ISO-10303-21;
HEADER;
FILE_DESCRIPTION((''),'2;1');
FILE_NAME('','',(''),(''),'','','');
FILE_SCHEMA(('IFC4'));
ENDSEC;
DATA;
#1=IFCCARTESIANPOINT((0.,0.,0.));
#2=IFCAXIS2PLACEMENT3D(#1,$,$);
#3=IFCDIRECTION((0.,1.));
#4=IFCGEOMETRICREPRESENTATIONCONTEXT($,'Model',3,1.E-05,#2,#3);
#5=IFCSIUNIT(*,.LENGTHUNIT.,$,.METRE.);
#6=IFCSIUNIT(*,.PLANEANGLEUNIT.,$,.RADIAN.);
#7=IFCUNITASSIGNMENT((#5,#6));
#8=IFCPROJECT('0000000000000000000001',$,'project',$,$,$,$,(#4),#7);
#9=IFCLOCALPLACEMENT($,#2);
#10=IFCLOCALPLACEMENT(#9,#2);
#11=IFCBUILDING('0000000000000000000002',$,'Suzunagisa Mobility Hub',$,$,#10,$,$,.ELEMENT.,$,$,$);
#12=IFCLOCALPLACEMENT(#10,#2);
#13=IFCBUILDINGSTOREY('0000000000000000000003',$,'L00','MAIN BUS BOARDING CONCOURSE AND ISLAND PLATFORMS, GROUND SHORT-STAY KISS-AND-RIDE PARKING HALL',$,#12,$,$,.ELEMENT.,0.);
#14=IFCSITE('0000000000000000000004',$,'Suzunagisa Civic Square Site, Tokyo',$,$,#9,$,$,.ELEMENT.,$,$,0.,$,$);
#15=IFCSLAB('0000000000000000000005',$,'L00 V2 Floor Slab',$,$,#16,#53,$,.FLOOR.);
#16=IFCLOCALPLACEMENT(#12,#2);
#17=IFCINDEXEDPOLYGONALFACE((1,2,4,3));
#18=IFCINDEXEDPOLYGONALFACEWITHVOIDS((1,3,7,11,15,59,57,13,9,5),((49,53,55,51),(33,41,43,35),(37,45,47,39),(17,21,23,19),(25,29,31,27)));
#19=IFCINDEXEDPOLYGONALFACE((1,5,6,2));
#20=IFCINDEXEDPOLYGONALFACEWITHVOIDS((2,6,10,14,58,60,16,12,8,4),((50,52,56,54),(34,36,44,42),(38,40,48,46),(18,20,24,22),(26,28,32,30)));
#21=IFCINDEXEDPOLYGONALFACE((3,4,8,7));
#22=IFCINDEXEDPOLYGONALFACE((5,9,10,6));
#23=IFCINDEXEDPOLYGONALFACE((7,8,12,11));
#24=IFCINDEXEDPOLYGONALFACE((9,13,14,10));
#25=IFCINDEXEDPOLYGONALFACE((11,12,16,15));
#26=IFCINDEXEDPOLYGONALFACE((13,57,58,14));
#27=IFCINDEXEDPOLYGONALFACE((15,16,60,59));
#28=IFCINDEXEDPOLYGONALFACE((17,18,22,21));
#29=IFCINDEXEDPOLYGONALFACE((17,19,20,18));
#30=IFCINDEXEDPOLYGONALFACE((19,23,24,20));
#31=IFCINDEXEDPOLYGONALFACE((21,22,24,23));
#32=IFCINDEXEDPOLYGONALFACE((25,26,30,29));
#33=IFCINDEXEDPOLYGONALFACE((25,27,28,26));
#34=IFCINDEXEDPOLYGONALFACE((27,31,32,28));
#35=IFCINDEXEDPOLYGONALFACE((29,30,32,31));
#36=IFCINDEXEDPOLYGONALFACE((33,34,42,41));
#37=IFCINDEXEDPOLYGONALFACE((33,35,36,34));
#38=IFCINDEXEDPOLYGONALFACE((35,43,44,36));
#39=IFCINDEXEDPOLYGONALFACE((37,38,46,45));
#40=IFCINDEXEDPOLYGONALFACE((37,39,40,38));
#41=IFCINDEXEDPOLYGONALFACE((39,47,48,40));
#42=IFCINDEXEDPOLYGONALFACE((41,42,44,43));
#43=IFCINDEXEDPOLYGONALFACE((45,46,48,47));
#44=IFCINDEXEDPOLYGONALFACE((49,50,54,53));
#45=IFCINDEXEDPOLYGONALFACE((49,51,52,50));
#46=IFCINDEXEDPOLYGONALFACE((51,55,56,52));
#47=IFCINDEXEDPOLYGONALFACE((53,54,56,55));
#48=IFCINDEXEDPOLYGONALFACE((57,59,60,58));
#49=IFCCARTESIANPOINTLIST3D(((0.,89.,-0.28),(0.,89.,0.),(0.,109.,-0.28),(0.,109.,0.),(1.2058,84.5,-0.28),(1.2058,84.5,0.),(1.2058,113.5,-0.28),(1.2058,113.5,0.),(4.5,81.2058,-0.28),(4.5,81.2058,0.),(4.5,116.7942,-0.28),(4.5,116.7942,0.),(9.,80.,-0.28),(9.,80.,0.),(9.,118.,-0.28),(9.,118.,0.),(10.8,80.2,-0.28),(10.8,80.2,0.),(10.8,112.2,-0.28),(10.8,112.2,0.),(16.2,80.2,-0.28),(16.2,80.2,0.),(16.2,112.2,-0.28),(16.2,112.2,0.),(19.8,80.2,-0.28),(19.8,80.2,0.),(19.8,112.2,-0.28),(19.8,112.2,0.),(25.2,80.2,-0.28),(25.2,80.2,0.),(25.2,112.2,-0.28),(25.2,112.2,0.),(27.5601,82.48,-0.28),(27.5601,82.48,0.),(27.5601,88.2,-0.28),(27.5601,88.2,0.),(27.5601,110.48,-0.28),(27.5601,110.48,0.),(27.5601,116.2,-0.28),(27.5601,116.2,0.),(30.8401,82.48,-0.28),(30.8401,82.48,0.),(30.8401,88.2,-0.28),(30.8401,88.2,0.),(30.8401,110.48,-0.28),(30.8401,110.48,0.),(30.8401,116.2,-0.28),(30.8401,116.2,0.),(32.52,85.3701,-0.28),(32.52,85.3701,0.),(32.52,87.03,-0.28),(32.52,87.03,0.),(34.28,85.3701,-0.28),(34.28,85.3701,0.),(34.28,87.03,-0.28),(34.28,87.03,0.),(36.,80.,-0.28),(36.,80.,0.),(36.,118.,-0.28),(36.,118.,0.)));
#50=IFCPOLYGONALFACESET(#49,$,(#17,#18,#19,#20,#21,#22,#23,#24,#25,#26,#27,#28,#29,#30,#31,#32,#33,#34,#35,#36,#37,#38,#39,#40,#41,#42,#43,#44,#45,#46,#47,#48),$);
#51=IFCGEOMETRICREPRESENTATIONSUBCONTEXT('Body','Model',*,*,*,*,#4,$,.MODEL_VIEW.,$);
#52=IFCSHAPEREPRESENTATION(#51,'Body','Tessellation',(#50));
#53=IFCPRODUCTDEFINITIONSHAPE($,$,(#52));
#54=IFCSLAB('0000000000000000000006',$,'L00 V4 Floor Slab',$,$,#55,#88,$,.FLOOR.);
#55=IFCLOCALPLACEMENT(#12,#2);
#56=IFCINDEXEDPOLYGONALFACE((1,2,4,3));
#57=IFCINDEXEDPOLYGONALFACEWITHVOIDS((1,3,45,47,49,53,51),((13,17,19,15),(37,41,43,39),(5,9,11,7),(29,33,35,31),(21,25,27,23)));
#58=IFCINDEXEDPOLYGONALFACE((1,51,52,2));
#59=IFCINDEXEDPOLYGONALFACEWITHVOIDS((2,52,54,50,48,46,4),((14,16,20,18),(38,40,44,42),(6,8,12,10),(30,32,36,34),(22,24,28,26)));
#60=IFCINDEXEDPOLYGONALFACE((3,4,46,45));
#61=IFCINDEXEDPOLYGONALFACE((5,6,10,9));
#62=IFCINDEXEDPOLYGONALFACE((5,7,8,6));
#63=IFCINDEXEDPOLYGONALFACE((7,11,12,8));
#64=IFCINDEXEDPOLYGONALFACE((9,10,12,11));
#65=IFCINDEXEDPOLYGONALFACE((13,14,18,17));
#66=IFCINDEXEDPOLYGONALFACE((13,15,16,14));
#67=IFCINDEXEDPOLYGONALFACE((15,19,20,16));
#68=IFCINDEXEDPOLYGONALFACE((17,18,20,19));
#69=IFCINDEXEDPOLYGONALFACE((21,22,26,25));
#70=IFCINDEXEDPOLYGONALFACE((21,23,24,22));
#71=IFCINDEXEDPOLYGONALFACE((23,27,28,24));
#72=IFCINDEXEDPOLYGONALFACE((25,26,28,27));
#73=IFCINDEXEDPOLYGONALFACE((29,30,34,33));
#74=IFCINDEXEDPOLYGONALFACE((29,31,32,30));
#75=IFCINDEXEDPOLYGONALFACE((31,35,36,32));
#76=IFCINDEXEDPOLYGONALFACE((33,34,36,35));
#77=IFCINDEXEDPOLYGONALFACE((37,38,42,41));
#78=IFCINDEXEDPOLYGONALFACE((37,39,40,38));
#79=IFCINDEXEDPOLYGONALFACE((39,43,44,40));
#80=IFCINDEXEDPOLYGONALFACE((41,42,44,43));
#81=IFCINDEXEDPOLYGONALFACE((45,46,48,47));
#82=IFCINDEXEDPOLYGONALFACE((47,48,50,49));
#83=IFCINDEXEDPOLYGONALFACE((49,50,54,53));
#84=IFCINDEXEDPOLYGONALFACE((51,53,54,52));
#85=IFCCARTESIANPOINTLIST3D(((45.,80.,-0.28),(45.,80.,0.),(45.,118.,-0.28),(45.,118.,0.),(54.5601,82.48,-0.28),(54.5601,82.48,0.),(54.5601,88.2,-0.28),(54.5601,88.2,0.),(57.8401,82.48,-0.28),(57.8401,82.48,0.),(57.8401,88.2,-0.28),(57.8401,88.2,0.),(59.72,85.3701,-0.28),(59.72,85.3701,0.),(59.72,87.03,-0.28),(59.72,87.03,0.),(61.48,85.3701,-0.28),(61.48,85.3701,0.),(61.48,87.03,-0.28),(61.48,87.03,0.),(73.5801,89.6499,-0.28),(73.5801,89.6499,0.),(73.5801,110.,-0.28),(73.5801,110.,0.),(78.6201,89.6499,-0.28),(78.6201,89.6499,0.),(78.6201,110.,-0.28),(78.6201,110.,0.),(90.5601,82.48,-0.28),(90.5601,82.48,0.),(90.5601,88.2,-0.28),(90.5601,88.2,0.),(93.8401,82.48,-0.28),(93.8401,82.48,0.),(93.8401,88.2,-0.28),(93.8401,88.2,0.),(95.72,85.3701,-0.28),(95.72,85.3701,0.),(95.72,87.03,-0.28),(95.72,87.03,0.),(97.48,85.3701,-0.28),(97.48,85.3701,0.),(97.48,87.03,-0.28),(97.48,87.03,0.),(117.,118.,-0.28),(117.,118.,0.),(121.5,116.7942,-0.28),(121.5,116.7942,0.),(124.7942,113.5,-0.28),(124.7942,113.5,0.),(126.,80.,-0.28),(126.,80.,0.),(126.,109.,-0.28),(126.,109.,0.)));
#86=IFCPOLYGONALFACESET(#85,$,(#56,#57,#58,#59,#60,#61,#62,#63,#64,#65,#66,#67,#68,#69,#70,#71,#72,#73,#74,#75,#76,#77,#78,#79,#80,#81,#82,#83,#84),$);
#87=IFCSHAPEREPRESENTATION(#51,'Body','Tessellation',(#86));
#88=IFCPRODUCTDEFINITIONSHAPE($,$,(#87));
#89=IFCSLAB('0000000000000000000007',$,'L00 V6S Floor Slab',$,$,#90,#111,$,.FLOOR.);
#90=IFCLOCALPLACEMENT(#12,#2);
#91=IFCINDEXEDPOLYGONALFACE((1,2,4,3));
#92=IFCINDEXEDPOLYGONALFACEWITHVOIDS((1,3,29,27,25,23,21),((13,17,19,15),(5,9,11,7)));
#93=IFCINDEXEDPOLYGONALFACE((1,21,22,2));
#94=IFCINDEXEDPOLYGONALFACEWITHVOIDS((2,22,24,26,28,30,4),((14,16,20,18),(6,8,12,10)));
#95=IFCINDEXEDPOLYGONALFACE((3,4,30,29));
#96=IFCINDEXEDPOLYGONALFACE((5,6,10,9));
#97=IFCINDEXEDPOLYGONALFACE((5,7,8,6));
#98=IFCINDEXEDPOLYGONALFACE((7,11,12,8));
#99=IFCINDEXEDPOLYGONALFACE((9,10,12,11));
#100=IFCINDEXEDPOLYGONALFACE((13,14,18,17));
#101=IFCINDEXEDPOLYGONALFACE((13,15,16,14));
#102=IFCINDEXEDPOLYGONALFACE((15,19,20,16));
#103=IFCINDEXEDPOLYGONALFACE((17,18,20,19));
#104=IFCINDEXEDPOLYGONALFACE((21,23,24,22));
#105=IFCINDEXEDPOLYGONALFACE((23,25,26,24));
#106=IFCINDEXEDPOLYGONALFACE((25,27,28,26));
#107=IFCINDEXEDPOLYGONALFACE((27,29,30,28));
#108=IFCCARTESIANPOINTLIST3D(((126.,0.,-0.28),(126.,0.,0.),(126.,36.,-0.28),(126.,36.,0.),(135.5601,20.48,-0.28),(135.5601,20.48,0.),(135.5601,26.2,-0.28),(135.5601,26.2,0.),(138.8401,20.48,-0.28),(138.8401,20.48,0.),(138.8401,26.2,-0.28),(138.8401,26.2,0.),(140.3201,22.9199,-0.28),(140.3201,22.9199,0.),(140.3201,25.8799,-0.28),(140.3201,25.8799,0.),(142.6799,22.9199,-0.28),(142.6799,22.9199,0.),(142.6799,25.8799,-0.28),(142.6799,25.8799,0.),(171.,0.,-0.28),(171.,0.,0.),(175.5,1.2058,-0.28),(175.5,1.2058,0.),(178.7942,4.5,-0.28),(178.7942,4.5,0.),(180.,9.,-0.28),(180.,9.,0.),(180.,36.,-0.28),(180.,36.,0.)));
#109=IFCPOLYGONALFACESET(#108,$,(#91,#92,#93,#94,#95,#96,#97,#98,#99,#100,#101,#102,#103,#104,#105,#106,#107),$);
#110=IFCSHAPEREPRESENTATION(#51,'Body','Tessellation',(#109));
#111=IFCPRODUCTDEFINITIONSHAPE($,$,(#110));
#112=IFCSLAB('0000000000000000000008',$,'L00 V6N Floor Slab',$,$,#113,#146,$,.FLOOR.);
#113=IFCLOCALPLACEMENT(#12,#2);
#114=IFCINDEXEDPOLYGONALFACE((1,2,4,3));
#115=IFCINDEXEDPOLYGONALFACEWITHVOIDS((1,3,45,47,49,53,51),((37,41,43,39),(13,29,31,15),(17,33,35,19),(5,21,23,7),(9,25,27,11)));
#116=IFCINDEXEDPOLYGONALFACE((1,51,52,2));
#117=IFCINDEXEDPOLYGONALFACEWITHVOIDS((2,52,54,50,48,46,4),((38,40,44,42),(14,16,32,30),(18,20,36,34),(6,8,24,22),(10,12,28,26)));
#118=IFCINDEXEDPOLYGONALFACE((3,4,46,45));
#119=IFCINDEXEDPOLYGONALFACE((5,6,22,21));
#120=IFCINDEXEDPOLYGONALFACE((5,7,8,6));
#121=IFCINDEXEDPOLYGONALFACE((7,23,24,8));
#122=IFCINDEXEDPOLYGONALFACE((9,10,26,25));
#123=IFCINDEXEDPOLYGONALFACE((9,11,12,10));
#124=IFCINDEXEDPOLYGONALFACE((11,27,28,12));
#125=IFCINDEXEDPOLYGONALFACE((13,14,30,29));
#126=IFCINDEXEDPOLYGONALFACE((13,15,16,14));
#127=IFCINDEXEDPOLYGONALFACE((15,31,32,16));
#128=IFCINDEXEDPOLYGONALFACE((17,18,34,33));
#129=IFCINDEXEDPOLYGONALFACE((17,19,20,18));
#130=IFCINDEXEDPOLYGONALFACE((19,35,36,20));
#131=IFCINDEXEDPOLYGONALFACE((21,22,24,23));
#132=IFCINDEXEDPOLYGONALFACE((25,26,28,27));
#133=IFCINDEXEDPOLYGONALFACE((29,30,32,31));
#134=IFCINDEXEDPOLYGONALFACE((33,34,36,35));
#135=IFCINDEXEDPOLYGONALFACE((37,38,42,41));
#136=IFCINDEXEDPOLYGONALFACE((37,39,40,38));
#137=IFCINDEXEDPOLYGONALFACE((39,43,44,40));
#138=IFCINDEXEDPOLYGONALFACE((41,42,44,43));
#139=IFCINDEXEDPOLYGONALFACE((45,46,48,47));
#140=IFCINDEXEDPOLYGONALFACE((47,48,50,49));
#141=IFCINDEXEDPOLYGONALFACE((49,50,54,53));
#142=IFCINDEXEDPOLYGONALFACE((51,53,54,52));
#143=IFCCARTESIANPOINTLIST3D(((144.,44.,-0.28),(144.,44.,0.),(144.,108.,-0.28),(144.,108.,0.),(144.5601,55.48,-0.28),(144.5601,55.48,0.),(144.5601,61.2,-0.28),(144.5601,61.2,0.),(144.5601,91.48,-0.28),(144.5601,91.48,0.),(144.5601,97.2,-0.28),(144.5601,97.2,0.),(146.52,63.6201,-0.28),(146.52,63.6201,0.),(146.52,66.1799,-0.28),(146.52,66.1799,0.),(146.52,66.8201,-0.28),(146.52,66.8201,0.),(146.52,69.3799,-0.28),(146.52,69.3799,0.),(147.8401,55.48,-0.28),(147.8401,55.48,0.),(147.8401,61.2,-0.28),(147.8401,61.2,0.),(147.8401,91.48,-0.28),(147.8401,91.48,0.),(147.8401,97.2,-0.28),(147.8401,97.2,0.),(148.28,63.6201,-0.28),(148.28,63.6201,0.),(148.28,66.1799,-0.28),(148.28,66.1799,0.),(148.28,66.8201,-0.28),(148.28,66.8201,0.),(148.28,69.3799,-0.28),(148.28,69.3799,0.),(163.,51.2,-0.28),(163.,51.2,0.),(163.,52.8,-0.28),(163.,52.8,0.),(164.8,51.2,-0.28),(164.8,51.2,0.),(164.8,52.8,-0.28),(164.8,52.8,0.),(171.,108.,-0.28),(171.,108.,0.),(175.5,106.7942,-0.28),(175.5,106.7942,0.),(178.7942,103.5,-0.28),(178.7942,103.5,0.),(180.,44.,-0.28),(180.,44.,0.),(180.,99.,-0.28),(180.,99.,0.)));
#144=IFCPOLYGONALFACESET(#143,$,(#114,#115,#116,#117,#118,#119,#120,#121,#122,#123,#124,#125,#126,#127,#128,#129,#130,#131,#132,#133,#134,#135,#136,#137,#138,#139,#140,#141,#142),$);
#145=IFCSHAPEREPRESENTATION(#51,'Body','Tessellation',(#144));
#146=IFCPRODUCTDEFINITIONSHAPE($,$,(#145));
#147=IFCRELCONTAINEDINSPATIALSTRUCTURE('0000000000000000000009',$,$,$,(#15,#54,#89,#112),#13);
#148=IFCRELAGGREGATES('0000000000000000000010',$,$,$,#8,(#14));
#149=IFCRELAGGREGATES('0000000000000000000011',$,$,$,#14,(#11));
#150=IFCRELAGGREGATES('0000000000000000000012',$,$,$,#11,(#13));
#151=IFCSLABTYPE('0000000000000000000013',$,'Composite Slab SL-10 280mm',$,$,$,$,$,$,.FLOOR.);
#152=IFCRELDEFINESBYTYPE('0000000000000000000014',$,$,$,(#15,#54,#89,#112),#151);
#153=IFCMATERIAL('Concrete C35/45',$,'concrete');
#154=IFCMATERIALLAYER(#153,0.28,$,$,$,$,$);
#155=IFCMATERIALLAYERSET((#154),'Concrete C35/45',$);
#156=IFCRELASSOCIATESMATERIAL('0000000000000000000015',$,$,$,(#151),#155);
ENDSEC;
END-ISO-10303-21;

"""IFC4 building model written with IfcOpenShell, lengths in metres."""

from ifc_helpers import new_model, si_unit, direction, frame, origin, place, context, subcontext, project, spatial, polyline, outline, extrude, material, layer, layer_set, type_object, element, save


model = new_model("IFC4")

# Units and contexts
model_context = context("Model", 3, precision=1e-05, world=origin(), true_north=direction((0.0, 1.0)))
body_context = subcontext(model_context, "Body", "Model", "MODEL_VIEW")
ifc_project = project(units=[si_unit("LENGTHUNIT", "METRE"), si_unit("PLANEANGLEUNIT", "RADIAN")], contexts=[model_context])

# Site, building, storey
site_placement = place(None, origin())
site = spatial("IfcSite", under=ifc_project, at=site_placement, Name="Suzunagisa Civic Square Site, Tokyo", CompositionType="ELEMENT", RefElevation=0.0)
building_placement = place(site_placement, origin())
building = spatial("IfcBuilding", under=site, at=building_placement, Name="Suzunagisa Mobility Hub", CompositionType="ELEMENT")
storey_placement = place(building_placement, origin())
storey = spatial("IfcBuildingStorey", under=building, at=storey_placement, Name="L00", Description="MAIN BUS BOARDING CONCOURSE AND ISLAND PLATFORMS, GROUND SHORT-STAY KISS-AND-RIDE PARKING HALL", CompositionType="ELEMENT", Elevation=0.0)

# Slabs
ifc_material = material(Name="Concrete C35/45", Category="concrete")
ifc_layer_1 = layer(ifc_material, 0.28)
ifc_layer_set_1 = layer_set([ifc_layer_1], Name="Concrete C35/45")
slab_type_1 = type_object("IfcSlabType", Name="Composite Slab SL-10 280mm", PredefinedType="FLOOR", material=ifc_layer_set_1)
slab_1_placement = place(storey_placement, frame((0.0, 0.0, -0.28)))
element("IfcSlab", 1, at=slab_1_placement, inside=storey, type_object=slab_type_1, Name="L00 V2 Floor Slab", PredefinedType="FLOOR", context=body_context, shape_type="SweptSolid", body=[
    extrude(outline(polyline([(0.0, 89.0), (1.2058, 84.5), (4.5, 81.2058), (9.0, 80.0), (36.0, 80.0), (36.0, 118.0), (9.0, 118.0), (4.5, 116.7942), (1.2058, 113.5), (0.0, 109.0), (0.0, 89.0)]), holes=[polyline([(27.5601, 82.48), (30.8401, 82.48), (30.8401, 88.2), (27.5601, 88.2), (27.5601, 82.48)]), polyline([(32.52, 85.3701), (34.28, 85.3701), (34.28, 87.03), (32.52, 87.03), (32.52, 85.3701)]), polyline([(27.5601, 110.48), (30.8401, 110.48), (30.8401, 116.2), (27.5601, 116.2), (27.5601, 110.48)]), polyline([(10.8, 80.2), (16.2, 80.2), (16.2, 112.2), (10.8, 112.2), (10.8, 80.2)]), polyline([(19.8, 80.2), (25.2, 80.2), (25.2, 112.2), (19.8, 112.2), (19.8, 80.2)])]), origin(), (0.0, 0.0, 1.0), 0.28),
])
slab_2_placement = place(storey_placement, frame((0.0, 0.0, -0.28)))
element("IfcSlab", 2, at=slab_2_placement, inside=storey, type_object=slab_type_1, Name="L00 V4 Floor Slab", PredefinedType="FLOOR", context=body_context, shape_type="SweptSolid", body=[
    extrude(outline(polyline([(45.0, 80.0), (126.0, 80.0), (126.0, 109.0), (124.7942, 113.5), (121.5, 116.7942), (117.0, 118.0), (45.0, 118.0), (45.0, 80.0)]), holes=[polyline([(54.5601, 82.48), (57.8401, 82.48), (57.8401, 88.2), (54.5601, 88.2), (54.5601, 82.48)]), polyline([(59.72, 85.3701), (61.48, 85.3701), (61.48, 87.03), (59.72, 87.03), (59.72, 85.3701)]), polyline([(90.5601, 82.48), (93.8401, 82.48), (93.8401, 88.2), (90.5601, 88.2), (90.5601, 82.48)]), polyline([(95.72, 85.3701), (97.48, 85.3701), (97.48, 87.03), (95.72, 87.03), (95.72, 85.3701)]), polyline([(73.5801, 89.6499), (78.6201, 89.6499), (78.6201, 110.0), (73.5801, 110.0), (73.5801, 89.6499)])]), origin(), (0.0, 0.0, 1.0), 0.28),
])
slab_3_placement = place(storey_placement, frame((0.0, 0.0, -0.28)))
element("IfcSlab", 3, at=slab_3_placement, inside=storey, type_object=slab_type_1, Name="L00 V6S Floor Slab", PredefinedType="FLOOR", context=body_context, shape_type="SweptSolid", body=[
    extrude(outline(polyline([(126.0, 0.0), (171.0, 0.0), (175.5, 1.2058), (178.7942, 4.5), (180.0, 9.0), (180.0, 36.0), (126.0, 36.0), (126.0, 0.0)]), holes=[polyline([(135.5601, 20.48), (138.8401, 20.48), (138.8401, 26.2), (135.5601, 26.2), (135.5601, 20.48)]), polyline([(140.3201, 22.9199), (142.6799, 22.9199), (142.6799, 25.8799), (140.3201, 25.8799), (140.3201, 22.9199)])]), origin(), (0.0, 0.0, 1.0), 0.28),
])
slab_4_placement = place(storey_placement, frame((0.0, 0.0, -0.28)))
element("IfcSlab", 4, at=slab_4_placement, inside=storey, type_object=slab_type_1, Name="L00 V6N Floor Slab", PredefinedType="FLOOR", context=body_context, shape_type="SweptSolid", body=[
    extrude(outline(polyline([(144.0, 44.0), (180.0, 44.0), (180.0, 99.0), (178.7942, 103.5), (175.5, 106.7942), (171.0, 108.0), (144.0, 108.0), (144.0, 44.0)]), holes=[polyline([(163.0, 51.2), (164.8, 51.2), (164.8, 52.8), (163.0, 52.8), (163.0, 51.2)]), polyline([(144.5601, 55.48), (147.8401, 55.48), (147.8401, 61.2), (144.5601, 61.2), (144.5601, 55.48)]), polyline([(146.52, 63.6201), (148.28, 63.6201), (148.28, 66.1799), (146.52, 66.1799), (146.52, 63.6201)]), polyline([(146.52, 66.8201), (148.28, 66.8201), (148.28, 69.3799), (146.52, 69.3799), (146.52, 66.8201)]), polyline([(144.5601, 91.48), (147.8401, 91.48), (147.8401, 97.2), (144.5601, 97.2), (144.5601, 91.48)])]), origin(), (0.0, 0.0, 1.0), 0.28),
])

save(model, "model.ifc")
